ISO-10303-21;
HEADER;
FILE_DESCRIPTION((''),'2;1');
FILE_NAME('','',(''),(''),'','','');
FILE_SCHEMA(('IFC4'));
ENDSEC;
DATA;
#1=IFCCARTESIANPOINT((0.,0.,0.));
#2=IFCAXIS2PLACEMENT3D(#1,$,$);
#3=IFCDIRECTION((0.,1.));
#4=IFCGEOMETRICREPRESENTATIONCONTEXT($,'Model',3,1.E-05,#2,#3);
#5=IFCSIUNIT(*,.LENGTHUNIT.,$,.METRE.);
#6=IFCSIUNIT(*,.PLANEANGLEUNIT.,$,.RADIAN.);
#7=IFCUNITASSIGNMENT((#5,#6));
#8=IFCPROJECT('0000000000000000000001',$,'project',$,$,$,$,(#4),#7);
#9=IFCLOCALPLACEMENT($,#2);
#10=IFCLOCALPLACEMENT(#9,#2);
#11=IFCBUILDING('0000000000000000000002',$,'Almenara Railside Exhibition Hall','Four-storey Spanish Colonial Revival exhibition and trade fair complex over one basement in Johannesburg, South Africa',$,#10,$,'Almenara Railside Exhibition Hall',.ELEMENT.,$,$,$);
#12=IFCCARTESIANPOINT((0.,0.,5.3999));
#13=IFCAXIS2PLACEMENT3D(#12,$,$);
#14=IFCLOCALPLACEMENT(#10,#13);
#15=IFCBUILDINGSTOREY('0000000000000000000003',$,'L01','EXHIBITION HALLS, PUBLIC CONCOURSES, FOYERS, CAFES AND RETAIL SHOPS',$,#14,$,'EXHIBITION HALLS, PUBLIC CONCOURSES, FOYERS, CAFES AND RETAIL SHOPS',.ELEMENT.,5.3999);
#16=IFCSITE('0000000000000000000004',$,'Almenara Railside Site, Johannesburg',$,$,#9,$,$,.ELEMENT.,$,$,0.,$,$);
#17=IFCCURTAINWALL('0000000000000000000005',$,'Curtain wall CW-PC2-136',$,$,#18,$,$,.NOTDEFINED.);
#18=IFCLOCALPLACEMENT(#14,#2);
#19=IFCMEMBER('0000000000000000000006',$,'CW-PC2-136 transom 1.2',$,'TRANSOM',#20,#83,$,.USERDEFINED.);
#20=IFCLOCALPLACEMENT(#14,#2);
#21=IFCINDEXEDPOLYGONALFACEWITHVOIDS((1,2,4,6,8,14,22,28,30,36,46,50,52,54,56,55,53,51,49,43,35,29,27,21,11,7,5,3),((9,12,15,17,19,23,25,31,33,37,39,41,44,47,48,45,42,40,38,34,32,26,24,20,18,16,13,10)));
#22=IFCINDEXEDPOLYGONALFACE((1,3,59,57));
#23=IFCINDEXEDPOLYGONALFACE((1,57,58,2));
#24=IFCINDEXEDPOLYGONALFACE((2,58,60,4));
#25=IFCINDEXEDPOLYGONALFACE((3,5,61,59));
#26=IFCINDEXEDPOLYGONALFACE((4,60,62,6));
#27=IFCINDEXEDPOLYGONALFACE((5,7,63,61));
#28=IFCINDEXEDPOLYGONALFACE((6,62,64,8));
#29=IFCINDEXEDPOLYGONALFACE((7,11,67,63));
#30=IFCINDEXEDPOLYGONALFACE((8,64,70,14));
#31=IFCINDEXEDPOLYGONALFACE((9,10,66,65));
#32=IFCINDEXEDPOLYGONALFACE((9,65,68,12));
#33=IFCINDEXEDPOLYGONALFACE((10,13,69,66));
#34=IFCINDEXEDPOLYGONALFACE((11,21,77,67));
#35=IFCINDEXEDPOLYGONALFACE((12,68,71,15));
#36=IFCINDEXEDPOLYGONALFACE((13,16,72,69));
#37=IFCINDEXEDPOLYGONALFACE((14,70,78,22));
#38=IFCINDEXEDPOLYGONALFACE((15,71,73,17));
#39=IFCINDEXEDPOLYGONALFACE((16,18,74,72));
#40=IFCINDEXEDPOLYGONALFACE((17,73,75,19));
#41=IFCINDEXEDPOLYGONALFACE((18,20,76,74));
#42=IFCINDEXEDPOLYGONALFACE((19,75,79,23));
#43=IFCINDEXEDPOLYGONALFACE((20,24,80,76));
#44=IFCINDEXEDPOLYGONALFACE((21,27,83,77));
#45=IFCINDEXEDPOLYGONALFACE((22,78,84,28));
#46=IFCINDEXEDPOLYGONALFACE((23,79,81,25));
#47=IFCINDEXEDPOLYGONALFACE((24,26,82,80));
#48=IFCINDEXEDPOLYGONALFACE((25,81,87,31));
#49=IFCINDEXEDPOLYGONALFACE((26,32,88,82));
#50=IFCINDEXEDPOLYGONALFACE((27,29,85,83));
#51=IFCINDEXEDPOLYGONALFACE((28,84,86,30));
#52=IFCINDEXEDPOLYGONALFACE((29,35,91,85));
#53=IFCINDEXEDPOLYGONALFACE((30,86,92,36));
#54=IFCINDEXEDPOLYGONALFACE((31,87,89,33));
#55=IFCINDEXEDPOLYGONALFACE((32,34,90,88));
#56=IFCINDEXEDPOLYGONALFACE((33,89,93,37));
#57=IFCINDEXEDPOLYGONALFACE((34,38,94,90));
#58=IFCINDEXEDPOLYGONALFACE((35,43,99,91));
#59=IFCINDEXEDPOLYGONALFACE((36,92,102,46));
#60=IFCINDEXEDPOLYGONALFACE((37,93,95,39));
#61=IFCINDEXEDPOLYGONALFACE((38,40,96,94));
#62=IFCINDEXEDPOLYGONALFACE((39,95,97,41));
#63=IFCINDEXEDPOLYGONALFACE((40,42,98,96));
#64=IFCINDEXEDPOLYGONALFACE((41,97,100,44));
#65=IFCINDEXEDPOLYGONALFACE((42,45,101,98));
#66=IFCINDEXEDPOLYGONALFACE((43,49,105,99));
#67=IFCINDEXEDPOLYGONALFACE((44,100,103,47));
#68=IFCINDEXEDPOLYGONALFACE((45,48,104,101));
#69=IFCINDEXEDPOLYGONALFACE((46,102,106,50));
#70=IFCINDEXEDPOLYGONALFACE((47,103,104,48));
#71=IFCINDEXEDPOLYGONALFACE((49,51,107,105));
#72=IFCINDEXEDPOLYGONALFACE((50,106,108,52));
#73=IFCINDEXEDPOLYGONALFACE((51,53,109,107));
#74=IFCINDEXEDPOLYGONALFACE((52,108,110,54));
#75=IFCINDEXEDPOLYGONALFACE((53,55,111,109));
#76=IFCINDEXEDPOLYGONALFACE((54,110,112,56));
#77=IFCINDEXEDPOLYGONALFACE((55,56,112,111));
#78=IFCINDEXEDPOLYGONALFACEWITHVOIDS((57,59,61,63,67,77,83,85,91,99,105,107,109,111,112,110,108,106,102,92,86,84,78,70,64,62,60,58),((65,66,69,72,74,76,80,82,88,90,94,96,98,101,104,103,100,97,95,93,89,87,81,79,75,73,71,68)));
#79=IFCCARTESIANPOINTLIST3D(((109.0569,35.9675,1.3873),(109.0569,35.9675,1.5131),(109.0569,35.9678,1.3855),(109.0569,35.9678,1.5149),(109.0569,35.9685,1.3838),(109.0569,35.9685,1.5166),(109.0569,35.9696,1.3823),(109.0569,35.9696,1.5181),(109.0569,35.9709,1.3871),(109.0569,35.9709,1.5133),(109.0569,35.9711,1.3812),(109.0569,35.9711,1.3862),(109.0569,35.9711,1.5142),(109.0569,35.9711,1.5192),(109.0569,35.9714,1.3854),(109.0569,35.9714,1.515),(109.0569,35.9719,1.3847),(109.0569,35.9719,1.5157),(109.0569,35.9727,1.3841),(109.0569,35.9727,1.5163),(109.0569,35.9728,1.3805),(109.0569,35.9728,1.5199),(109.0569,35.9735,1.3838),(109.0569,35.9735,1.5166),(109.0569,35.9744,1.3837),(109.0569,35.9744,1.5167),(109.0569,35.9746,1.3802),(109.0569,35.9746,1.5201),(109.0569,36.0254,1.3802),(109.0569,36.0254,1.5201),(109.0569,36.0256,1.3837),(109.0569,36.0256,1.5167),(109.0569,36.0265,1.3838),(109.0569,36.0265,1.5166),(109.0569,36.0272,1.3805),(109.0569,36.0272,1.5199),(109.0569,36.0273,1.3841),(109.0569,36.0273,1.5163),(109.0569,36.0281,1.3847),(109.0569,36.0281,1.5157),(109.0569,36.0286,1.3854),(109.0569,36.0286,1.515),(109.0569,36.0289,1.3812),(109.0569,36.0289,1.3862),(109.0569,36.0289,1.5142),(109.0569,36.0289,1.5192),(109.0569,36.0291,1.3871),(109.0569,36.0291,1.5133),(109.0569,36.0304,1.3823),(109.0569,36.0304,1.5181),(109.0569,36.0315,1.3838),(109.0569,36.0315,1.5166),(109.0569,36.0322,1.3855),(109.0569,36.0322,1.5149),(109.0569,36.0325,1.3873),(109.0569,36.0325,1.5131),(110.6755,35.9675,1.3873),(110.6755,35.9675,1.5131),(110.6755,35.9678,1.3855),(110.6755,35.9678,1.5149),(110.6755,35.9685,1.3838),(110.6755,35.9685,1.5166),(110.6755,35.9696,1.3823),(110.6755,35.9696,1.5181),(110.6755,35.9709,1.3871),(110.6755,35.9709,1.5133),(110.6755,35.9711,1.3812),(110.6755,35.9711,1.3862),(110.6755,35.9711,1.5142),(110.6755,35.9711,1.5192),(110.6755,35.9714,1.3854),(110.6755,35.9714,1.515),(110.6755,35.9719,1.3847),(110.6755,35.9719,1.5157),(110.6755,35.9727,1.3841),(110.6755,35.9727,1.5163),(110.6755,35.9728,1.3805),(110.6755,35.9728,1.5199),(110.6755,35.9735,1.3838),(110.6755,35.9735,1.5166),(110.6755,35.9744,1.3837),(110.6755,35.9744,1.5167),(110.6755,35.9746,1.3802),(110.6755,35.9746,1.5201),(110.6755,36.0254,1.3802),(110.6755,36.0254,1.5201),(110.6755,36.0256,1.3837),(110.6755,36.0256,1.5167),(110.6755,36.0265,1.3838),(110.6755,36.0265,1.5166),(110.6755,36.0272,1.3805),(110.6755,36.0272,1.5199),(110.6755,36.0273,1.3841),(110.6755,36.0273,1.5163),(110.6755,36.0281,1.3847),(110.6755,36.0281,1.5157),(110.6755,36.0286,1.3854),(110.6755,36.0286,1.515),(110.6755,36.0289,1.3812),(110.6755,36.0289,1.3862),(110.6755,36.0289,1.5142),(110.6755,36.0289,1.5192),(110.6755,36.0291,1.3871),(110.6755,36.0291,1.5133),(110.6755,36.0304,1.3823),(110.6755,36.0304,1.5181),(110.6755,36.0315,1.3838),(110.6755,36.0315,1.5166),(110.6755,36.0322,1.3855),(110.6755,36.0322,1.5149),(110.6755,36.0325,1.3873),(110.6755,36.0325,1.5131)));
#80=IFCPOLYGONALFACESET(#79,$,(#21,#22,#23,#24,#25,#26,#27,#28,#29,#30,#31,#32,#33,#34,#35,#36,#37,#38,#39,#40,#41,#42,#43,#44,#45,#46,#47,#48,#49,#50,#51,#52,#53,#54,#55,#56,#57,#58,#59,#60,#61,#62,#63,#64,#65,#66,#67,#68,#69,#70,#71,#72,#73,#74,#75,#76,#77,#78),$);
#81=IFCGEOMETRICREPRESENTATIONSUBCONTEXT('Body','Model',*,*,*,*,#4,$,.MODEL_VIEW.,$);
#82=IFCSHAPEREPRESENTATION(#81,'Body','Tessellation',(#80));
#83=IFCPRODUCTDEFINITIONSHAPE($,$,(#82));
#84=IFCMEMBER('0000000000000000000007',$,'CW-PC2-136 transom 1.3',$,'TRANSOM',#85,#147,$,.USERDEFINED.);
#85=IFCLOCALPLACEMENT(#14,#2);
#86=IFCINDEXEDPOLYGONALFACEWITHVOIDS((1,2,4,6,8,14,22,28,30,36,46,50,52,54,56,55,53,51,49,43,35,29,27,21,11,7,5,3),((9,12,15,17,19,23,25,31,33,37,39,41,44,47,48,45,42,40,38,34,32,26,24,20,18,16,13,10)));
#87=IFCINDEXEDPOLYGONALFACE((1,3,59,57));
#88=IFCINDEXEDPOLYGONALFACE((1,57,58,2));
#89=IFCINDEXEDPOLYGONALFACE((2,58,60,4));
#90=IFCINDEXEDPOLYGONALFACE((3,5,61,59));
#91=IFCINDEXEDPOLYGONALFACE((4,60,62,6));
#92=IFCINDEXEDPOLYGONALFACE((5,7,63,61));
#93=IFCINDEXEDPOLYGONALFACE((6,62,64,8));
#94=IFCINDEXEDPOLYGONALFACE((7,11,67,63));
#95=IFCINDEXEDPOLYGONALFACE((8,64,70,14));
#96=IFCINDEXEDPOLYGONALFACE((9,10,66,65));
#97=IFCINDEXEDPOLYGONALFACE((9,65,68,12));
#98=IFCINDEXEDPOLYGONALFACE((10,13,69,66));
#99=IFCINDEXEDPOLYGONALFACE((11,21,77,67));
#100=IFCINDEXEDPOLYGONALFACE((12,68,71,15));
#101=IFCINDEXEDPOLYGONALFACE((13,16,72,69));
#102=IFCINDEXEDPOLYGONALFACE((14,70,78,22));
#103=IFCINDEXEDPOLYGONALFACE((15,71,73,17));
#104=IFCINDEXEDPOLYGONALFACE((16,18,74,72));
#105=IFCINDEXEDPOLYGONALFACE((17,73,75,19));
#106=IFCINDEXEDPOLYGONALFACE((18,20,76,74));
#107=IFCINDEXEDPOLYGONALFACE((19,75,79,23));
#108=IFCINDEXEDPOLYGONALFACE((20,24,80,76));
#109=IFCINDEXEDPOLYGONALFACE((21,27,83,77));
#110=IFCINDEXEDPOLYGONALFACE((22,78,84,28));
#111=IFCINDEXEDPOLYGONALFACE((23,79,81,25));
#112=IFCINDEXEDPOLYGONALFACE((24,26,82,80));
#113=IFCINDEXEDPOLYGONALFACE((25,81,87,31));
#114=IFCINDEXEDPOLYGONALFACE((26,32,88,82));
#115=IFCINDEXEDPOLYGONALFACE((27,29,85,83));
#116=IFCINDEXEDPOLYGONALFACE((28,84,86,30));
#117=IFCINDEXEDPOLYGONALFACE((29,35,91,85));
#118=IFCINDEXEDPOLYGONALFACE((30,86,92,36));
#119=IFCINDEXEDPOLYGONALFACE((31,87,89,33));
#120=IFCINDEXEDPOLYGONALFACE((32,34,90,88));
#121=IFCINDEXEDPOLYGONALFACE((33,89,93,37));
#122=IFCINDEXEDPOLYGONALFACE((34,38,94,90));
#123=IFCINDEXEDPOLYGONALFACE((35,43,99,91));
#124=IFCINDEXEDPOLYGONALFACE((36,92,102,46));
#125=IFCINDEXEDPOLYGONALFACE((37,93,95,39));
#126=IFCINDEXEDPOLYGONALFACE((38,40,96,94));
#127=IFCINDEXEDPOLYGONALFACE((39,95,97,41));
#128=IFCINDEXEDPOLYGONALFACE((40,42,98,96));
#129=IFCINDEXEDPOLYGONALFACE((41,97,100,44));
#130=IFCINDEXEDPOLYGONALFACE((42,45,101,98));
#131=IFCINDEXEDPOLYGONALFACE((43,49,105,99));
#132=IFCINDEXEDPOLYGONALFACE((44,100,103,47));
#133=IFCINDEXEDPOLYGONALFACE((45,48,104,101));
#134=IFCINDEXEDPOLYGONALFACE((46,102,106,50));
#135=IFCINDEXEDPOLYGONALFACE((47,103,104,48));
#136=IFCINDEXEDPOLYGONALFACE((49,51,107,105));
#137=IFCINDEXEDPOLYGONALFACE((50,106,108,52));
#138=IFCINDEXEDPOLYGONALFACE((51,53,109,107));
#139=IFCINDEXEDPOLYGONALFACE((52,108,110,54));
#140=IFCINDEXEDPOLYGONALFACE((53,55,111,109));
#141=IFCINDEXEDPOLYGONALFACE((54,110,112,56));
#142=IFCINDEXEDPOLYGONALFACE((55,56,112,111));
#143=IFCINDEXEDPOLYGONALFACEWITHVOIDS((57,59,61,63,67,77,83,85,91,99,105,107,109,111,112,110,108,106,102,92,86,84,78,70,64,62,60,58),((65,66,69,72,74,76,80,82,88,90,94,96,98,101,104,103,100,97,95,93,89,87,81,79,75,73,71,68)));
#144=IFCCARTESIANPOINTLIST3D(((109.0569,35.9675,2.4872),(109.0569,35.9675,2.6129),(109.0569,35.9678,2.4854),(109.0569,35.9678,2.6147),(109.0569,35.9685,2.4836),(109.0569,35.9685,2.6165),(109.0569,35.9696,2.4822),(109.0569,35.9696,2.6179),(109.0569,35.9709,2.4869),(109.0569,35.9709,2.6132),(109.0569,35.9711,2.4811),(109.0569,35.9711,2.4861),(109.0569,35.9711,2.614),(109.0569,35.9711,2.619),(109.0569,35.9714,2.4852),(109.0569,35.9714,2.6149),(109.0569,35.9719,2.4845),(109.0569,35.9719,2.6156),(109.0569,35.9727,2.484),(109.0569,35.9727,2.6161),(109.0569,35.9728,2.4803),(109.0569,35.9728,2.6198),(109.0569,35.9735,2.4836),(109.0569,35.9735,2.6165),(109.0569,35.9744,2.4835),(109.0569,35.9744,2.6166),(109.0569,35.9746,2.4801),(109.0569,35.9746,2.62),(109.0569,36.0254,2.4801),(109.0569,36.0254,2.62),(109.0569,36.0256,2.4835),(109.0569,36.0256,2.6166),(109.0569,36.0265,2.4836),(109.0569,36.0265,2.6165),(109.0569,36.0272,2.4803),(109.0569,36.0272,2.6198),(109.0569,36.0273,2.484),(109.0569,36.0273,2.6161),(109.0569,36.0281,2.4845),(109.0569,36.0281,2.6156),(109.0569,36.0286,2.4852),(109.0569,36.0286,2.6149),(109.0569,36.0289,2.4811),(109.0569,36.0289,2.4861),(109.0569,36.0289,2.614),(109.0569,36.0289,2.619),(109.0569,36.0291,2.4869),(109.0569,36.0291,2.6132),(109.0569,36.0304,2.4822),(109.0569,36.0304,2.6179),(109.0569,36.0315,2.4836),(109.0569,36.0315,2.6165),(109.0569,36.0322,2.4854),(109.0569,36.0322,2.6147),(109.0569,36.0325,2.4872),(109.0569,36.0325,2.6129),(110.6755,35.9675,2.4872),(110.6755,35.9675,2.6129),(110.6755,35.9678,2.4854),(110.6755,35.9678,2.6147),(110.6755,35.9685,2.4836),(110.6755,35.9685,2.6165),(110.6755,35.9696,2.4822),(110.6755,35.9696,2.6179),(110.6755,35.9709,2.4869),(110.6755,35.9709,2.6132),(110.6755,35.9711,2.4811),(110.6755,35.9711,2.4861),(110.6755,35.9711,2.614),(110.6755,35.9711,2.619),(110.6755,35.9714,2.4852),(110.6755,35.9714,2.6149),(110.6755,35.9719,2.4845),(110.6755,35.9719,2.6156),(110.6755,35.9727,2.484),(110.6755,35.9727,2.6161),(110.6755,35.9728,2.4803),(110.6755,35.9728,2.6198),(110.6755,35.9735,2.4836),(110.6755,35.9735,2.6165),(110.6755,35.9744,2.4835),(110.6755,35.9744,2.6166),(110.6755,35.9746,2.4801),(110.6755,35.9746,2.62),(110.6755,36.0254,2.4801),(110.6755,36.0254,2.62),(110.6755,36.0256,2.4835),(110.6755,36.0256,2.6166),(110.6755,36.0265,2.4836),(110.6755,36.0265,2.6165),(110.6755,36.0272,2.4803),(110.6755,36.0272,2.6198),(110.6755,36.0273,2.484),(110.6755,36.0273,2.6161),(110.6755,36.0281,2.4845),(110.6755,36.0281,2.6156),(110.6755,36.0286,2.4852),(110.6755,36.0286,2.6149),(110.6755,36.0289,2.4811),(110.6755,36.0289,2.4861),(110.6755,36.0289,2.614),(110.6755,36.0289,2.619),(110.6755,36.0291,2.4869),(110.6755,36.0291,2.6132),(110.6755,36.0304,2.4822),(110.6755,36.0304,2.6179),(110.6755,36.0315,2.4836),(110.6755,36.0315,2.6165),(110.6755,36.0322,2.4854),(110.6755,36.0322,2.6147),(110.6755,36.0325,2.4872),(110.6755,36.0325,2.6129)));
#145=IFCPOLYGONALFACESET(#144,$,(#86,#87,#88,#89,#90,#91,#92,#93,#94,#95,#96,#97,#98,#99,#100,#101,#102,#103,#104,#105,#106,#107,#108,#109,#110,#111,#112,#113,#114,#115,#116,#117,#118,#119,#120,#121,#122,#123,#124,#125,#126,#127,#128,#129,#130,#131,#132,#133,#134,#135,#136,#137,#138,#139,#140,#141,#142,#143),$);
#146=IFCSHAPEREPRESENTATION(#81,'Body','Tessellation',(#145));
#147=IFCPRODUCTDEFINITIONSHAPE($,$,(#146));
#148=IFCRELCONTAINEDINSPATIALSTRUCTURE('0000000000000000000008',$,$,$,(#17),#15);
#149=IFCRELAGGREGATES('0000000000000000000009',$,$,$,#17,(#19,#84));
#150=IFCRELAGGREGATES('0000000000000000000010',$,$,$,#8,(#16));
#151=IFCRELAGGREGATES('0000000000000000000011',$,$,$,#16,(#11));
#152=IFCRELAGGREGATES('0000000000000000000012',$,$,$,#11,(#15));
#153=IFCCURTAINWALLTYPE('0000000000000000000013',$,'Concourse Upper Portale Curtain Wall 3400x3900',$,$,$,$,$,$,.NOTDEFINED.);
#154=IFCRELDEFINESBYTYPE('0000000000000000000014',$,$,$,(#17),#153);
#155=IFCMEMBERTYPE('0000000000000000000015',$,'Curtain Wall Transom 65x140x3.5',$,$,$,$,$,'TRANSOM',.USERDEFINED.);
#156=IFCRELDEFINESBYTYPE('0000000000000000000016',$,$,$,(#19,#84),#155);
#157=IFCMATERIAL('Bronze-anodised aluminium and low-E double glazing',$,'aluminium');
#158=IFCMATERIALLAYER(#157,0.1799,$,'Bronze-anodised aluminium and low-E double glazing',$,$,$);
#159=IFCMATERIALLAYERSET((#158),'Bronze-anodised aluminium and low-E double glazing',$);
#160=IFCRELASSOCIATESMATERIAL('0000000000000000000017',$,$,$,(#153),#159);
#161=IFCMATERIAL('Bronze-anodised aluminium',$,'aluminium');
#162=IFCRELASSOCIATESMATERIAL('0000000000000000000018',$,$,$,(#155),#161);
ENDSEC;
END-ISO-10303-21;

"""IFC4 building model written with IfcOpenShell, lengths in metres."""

from ifc_helpers import new_model, si_unit, direction, frame, origin, origin_2d, place, context, subcontext, project, spatial, hollow_rectangle, extrude, material, layer, layer_set, material_profile, profile_set, type_object, element, aggregate, save


model = new_model("IFC4")

# Units and contexts
model_context = context("Model", 3, precision=1e-05, world=origin(), true_north=direction((0.0, 1.0)))
body_context = subcontext(model_context, "Body", "Model", "MODEL_VIEW")
ifc_project = project(units=[si_unit("LENGTHUNIT", "METRE"), si_unit("PLANEANGLEUNIT", "RADIAN")], contexts=[model_context])

# Site, building, storey
site_placement = place(None, origin())
site = spatial("IfcSite", under=ifc_project, at=site_placement, Name="Almenara Railside Site, Johannesburg", CompositionType="ELEMENT", RefElevation=0.0)
building_placement = place(site_placement, origin())
building = spatial("IfcBuilding", under=site, at=building_placement, Name="Almenara Railside Exhibition Hall", Description="Four-storey Spanish Colonial Revival exhibition and trade fair complex over one basement in Johannesburg, South Africa", LongName="Almenara Railside Exhibition Hall", CompositionType="ELEMENT")
storey_placement = place(building_placement, frame((0.0, 0.0, 5.3999)))
storey = spatial("IfcBuildingStorey", under=building, at=storey_placement, Name="L01", Description="EXHIBITION HALLS, PUBLIC CONCOURSES, FOYERS, CAFES AND RETAIL SHOPS", LongName="EXHIBITION HALLS, PUBLIC CONCOURSES, FOYERS, CAFES AND RETAIL SHOPS", CompositionType="ELEMENT", Elevation=5.3999)

# Shared definitions
ifc_material_1 = material(Name="Bronze-anodised aluminium and low-E double glazing", Category="aluminium")
ifc_material_2 = material(Name="Bronze-anodised aluminium", Category="aluminium")

# Curtain wall
ifc_layer_1 = layer(ifc_material_1, 0.1799, Name="Bronze-anodised aluminium and low-E double glazing")
ifc_layer_set_1 = layer_set([ifc_layer_1], Name="Bronze-anodised aluminium and low-E double glazing")
curtain_wall_type_1 = type_object("IfcCurtainWallType", Name="Concourse Upper Portale Curtain Wall 3400x3900", PredefinedType="NOTDEFINED", material=ifc_layer_set_1)
curtain_wall_1_placement = place(storey_placement, origin())
curtain_wall_1 = element("IfcCurtainWall", 1, at=curtain_wall_1_placement, inside=storey, type_object=curtain_wall_type_1, Name="Curtain wall CW-PC2-136", PredefinedType="NOTDEFINED")

# Members
ifc_material_profile_1 = material_profile(ifc_material_2, hollow_rectangle(XDim=0.0649, YDim=0.1399, WallThickness=0.0034, InnerFilletRadius=0.0034, OuterFilletRadius=0.0071, at=origin_2d()), Name="ALU-TRN 65x140x3.5")
ifc_profile_set_1 = profile_set([ifc_material_profile_1], Name="Bronze-anodised aluminium")
member_type_1 = type_object("IfcMemberType", Name="Curtain Wall Transom 65x140x3.5", ElementType="TRANSOM", PredefinedType="USERDEFINED", material=ifc_profile_set_1)
member_1_placement = place(storey_placement, frame((109.0569, 36.0, 1.4502), z_axis=(1.0, 0.0, 0.0), x_axis=(0.0, 1.0, 0.0)))
member_1 = element("IfcMember", 2, at=member_1_placement, type_object=member_type_1, Name="CW-PC2-136 transom 1.2", ObjectType="TRANSOM", PredefinedType="USERDEFINED", context=body_context, shape_type="SweptSolid", body=[
    extrude(hollow_rectangle(XDim=0.0649, YDim=0.1399, WallThickness=0.0034, InnerFilletRadius=0.0034, OuterFilletRadius=0.0071, at=origin_2d()), origin(), (0.0, 0.0, 1.0), 1.6187),
])
member_2_placement = place(storey_placement, frame((109.0569, 36.0, 2.55), z_axis=(1.0, 0.0, 0.0), x_axis=(0.0, 1.0, 0.0)))
member_2 = element("IfcMember", 3, at=member_2_placement, type_object=member_type_1, Name="CW-PC2-136 transom 1.3", ObjectType="TRANSOM", PredefinedType="USERDEFINED", context=body_context, shape_type="SweptSolid", body=[
    extrude(hollow_rectangle(XDim=0.0649, YDim=0.1399, WallThickness=0.0034, InnerFilletRadius=0.0034, OuterFilletRadius=0.0071, at=origin_2d()), origin(), (0.0, 0.0, 1.0), 1.6187),
])

aggregate(curtain_wall_1, [member_1, member_2])

save(model, "model.ifc")
